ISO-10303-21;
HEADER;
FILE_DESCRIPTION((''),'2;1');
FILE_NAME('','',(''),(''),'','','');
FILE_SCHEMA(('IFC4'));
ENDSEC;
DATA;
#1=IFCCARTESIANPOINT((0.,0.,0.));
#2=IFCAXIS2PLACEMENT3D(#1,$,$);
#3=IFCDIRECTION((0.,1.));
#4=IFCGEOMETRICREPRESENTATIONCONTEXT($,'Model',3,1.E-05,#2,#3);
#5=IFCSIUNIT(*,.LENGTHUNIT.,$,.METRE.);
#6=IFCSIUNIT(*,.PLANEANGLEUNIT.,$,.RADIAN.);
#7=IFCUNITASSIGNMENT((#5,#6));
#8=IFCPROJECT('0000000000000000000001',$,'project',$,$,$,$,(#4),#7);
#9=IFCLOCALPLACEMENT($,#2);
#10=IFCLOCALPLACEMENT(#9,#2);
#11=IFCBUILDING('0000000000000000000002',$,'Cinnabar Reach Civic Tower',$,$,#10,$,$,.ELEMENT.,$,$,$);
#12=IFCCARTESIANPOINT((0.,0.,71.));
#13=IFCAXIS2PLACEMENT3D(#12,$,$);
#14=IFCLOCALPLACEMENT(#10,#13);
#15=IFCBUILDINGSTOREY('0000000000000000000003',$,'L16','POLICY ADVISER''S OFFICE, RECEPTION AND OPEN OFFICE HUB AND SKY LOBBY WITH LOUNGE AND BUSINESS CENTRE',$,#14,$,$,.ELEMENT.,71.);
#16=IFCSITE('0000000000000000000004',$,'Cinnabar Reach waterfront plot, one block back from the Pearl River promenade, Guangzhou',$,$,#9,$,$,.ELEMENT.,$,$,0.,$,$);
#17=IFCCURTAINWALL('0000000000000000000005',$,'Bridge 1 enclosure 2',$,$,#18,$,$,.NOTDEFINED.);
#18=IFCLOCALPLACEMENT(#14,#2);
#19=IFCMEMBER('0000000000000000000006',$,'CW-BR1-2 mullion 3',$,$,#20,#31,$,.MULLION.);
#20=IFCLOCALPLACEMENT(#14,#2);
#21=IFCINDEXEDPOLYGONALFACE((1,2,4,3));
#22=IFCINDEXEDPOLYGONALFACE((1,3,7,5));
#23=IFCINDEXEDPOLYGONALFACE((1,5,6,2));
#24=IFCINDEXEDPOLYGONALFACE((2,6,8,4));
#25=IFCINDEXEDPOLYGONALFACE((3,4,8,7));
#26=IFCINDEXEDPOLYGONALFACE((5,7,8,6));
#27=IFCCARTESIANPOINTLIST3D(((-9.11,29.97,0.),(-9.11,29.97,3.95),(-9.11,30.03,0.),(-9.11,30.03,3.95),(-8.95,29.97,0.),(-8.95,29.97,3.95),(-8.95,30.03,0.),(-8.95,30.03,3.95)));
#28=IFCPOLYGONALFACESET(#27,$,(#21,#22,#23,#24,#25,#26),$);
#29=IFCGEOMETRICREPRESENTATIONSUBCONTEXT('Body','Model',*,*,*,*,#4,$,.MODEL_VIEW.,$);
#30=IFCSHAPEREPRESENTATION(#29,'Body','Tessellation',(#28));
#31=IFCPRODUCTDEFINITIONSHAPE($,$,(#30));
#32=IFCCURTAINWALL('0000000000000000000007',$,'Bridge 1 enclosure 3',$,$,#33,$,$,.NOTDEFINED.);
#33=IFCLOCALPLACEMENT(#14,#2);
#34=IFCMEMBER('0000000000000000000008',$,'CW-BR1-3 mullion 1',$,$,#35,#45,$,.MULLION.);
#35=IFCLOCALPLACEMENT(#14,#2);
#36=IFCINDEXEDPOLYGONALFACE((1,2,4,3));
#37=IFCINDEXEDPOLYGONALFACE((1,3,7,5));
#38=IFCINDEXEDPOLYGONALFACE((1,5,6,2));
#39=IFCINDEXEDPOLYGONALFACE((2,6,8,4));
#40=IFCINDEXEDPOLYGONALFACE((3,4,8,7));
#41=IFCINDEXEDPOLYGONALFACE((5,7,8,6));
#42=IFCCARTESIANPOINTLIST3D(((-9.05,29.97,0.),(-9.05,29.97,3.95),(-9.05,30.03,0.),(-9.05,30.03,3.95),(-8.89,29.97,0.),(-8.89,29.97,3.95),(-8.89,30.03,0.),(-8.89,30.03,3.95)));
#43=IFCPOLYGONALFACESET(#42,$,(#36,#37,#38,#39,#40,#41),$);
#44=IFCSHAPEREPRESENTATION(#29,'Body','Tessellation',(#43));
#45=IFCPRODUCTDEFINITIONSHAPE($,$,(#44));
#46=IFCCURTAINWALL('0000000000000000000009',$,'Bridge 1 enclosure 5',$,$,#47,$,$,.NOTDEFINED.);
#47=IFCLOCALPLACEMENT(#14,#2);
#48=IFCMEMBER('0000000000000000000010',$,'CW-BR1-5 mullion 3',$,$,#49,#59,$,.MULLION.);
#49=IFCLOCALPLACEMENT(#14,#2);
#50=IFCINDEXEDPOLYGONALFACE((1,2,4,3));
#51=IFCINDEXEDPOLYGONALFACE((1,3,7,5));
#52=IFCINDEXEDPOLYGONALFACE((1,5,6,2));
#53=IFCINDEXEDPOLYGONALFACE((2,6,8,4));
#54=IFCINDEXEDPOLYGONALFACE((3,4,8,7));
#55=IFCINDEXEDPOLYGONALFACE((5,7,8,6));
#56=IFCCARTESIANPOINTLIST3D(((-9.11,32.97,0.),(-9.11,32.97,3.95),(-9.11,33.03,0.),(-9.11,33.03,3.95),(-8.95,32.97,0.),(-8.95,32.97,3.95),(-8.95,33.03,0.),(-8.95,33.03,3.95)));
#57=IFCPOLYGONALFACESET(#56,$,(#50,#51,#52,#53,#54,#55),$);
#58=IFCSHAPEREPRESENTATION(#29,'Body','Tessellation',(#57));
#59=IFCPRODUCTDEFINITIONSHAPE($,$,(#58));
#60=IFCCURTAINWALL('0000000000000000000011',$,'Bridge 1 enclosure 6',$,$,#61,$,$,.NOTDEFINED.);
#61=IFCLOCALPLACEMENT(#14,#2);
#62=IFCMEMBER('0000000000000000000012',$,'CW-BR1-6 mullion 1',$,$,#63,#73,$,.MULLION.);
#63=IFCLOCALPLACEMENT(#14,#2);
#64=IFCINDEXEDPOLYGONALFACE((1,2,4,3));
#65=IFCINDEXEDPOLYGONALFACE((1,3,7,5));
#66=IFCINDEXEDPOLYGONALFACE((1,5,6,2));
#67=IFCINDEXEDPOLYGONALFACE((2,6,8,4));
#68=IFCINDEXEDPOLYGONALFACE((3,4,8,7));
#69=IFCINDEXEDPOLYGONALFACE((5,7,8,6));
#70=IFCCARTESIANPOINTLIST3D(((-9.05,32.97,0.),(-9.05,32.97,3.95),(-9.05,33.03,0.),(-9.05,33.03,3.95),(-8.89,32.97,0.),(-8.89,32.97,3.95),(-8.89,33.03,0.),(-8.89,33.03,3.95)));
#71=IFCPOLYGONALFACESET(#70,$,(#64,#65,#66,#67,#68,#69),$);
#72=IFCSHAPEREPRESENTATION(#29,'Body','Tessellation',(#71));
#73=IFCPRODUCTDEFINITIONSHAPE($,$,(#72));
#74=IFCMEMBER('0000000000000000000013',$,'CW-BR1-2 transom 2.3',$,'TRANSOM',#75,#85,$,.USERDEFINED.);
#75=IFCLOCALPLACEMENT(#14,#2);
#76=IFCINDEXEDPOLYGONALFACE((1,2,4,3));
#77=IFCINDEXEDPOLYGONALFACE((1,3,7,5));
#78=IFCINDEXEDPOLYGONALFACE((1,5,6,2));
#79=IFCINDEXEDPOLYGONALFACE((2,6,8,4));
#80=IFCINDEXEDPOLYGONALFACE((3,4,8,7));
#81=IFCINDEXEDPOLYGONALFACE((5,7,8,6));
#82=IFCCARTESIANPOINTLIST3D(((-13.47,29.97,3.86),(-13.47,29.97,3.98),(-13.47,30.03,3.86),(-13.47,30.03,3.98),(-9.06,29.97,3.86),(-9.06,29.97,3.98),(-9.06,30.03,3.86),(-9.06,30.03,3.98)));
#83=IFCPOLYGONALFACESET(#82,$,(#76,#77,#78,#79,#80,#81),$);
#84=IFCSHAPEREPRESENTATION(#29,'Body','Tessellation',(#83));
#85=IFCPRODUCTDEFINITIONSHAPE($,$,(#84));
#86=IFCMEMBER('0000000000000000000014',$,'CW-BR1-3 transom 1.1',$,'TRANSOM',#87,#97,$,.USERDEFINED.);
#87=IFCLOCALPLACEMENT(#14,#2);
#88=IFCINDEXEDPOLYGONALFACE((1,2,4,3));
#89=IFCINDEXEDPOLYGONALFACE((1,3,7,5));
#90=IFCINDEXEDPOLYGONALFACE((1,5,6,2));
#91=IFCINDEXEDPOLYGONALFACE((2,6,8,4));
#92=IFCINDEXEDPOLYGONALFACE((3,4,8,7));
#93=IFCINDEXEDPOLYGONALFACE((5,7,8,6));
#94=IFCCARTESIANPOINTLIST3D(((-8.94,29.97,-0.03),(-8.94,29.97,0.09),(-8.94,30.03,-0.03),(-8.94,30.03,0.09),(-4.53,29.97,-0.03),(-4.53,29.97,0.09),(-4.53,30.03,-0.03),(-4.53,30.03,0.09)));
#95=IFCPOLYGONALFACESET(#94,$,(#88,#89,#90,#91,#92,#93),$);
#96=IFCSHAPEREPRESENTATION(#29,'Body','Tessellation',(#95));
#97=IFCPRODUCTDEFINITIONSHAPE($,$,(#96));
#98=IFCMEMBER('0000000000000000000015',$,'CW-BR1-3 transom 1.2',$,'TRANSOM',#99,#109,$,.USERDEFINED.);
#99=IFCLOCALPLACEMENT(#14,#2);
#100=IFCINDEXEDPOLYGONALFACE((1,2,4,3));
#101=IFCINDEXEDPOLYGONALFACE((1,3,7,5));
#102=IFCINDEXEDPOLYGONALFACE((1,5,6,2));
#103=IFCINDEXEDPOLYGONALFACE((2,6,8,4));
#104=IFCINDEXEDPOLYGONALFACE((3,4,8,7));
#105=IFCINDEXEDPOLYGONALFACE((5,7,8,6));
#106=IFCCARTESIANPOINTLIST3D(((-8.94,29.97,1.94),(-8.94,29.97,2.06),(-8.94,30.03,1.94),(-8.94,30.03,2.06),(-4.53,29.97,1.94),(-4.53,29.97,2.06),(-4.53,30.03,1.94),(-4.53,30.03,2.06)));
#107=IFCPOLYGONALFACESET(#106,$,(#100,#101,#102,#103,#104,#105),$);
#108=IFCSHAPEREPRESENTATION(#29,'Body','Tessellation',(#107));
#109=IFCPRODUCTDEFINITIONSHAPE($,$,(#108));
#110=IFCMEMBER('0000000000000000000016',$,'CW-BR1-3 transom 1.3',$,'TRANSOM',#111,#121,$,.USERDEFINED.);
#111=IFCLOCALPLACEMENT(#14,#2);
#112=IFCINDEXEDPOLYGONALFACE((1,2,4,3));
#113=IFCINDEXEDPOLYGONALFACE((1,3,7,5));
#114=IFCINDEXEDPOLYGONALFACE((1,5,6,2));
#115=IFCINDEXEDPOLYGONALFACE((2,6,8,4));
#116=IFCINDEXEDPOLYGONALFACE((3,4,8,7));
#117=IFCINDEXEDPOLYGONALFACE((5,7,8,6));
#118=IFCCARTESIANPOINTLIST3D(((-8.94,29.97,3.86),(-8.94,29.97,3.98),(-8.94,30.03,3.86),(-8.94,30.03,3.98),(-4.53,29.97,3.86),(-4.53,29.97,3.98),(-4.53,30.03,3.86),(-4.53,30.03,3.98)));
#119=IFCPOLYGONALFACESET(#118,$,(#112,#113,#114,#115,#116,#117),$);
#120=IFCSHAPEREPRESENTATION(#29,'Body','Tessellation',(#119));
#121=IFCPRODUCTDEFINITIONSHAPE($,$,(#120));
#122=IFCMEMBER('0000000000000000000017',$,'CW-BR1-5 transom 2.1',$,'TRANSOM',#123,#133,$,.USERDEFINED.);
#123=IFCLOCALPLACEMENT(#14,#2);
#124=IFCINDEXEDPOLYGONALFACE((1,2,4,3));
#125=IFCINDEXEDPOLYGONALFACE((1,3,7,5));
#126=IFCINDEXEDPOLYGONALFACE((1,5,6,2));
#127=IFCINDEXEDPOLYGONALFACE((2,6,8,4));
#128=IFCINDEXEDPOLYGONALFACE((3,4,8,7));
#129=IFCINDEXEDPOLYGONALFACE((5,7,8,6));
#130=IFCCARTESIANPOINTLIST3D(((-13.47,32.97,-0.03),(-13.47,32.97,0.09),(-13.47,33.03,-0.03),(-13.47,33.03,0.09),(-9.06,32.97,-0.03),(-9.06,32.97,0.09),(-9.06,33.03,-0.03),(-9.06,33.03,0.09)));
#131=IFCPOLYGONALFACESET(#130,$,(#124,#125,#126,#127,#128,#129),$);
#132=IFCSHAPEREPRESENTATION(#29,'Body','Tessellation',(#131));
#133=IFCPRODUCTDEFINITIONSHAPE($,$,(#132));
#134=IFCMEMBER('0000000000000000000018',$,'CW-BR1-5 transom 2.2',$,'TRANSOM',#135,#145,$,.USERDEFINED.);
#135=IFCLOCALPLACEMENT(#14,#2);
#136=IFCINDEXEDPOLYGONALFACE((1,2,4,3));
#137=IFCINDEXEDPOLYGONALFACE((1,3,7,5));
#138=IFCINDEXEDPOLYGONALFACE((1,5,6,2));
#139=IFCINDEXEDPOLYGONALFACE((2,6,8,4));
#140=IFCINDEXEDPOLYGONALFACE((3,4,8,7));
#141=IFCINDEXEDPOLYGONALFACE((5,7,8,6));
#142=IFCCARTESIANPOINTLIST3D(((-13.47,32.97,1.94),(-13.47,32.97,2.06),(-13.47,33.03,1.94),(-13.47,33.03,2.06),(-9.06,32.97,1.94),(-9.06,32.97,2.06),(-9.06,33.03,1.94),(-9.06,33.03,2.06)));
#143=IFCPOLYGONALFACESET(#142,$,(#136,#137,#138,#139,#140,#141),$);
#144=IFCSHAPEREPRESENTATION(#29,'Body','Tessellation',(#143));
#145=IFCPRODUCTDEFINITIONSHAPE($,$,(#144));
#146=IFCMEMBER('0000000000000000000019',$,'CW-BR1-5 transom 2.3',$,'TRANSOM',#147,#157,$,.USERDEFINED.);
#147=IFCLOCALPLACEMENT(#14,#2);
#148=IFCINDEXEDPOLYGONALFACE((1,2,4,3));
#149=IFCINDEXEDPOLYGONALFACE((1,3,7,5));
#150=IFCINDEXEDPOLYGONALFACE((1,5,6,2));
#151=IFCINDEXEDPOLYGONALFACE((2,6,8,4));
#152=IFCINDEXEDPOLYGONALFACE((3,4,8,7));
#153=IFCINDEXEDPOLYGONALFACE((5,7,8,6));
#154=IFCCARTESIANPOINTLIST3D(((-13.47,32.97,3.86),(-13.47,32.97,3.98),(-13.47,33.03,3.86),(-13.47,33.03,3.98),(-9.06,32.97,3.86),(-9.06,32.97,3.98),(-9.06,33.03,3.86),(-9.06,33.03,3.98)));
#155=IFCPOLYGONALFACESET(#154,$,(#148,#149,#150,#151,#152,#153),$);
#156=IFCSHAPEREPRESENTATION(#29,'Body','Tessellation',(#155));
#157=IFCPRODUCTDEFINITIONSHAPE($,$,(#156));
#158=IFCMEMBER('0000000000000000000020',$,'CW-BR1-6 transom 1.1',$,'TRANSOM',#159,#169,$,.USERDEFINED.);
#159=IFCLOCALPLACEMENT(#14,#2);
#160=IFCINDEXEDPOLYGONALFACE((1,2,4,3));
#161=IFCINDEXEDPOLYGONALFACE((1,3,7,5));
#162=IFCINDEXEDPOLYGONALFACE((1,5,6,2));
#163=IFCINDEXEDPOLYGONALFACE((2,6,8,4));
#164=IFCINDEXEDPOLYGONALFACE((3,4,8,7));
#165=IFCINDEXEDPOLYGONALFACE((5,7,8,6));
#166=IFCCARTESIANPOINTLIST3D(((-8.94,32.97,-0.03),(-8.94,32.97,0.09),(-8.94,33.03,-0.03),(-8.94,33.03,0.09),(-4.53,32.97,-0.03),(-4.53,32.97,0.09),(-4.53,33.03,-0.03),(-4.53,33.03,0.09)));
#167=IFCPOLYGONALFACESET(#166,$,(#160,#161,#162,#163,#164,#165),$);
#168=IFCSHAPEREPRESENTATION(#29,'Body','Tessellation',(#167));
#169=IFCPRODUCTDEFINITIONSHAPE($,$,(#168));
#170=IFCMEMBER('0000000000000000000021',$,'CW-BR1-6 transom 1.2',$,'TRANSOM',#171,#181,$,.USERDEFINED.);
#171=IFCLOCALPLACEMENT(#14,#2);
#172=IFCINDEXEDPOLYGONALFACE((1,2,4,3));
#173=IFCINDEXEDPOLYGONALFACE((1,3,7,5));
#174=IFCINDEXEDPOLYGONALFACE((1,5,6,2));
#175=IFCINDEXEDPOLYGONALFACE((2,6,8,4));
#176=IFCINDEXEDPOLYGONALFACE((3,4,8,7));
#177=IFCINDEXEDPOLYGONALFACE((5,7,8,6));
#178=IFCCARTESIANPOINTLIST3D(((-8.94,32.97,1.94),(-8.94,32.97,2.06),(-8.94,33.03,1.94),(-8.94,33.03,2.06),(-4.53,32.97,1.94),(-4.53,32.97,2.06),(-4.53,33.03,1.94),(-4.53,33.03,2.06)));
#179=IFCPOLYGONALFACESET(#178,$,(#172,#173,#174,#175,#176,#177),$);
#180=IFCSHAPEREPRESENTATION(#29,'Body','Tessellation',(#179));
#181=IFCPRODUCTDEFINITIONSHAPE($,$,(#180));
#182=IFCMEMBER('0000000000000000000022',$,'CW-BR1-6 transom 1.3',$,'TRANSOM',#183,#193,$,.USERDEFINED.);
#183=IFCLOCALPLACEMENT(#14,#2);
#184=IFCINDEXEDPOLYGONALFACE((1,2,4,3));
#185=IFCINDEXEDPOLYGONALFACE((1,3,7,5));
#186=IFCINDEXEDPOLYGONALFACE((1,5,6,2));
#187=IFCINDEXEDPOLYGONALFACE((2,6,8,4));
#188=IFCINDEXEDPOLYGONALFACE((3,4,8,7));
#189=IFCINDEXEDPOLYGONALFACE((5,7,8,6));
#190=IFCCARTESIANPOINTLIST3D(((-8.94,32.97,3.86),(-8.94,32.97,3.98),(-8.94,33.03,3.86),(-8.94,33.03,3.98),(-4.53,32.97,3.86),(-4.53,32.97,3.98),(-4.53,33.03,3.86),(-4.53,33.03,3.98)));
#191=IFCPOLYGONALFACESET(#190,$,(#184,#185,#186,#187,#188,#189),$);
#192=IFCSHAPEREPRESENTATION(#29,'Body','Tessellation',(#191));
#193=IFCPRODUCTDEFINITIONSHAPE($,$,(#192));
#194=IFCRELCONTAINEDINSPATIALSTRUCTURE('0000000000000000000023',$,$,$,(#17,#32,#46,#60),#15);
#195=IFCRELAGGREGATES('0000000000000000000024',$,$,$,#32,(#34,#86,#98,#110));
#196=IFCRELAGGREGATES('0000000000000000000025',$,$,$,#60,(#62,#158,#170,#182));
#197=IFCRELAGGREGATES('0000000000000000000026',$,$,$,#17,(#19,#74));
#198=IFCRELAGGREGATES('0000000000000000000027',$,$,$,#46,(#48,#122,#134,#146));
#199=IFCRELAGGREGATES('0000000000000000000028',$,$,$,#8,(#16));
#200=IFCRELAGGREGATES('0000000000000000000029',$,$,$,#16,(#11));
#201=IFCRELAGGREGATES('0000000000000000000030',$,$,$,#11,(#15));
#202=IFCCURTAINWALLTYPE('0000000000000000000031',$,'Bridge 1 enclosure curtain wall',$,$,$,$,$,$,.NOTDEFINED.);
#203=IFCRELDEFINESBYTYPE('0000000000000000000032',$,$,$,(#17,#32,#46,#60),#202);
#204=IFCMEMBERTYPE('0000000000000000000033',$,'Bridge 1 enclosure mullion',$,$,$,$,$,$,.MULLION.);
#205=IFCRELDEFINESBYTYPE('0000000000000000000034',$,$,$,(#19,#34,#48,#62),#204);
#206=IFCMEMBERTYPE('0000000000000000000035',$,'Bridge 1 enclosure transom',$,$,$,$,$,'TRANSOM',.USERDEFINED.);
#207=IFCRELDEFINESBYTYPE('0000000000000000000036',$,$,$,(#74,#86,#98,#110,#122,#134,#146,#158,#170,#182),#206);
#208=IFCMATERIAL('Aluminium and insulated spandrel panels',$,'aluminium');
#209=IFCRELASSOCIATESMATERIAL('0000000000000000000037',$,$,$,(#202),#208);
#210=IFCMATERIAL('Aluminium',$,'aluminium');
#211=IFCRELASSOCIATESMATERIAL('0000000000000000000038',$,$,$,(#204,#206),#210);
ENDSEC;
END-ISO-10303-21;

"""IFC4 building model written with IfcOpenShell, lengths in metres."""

from ifc_helpers import new_model, si_unit, direction, frame, origin, origin_2d, place, context, subcontext, project, spatial, rectangle, extrude, material, material_profile, profile_set, type_object, element, aggregate, save


model = new_model("IFC4")

# Units and contexts
model_context = context("Model", 3, precision=1e-05, world=origin(), true_north=direction((0.0, 1.0)))
body_context = subcontext(model_context, "Body", "Model", "MODEL_VIEW")
ifc_project = project(units=[si_unit("LENGTHUNIT", "METRE"), si_unit("PLANEANGLEUNIT", "RADIAN")], contexts=[model_context])

# Site, building, storey
site_placement = place(None, origin())
site = spatial("IfcSite", under=ifc_project, at=site_placement, Name="Cinnabar Reach waterfront plot, one block back from the Pearl River promenade, Guangzhou", CompositionType="ELEMENT", RefElevation=0.0)
building_placement = place(site_placement, origin())
building = spatial("IfcBuilding", under=site, at=building_placement, Name="Cinnabar Reach Civic Tower", CompositionType="ELEMENT")
storey_placement = place(building_placement, frame((0.0, 0.0, 71.0)))
storey = spatial("IfcBuildingStorey", under=building, at=storey_placement, Name="L16", Description="POLICY ADVISER'S OFFICE, RECEPTION AND OPEN OFFICE HUB AND SKY LOBBY WITH LOUNGE AND BUSINESS CENTRE", CompositionType="ELEMENT", Elevation=71.0)

# Curtain walls, members
ifc_material_1 = material(Name="Aluminium and insulated spandrel panels", Category="aluminium")
curtain_wall_type = type_object("IfcCurtainWallType", Name="Bridge 1 enclosure curtain wall", PredefinedType="NOTDEFINED", material=ifc_material_1)
curtain_wall_1_placement = place(storey_placement, origin())
curtain_wall_1 = element("IfcCurtainWall", 1, at=curtain_wall_1_placement, inside=storey, type_object=curtain_wall_type, Name="Bridge 1 enclosure 2", PredefinedType="NOTDEFINED")
ifc_material_2 = material(Name="Aluminium", Category="aluminium")
ifc_material_profile_1 = material_profile(ifc_material_2, rectangle(XDim=0.06, YDim=0.16, at=origin_2d()), Name="Bridge 1 enclosure mullion")
ifc_profile_set_1 = profile_set([ifc_material_profile_1], Name="Aluminium")
member_type_1 = type_object("IfcMemberType", Name="Bridge 1 enclosure mullion", PredefinedType="MULLION", material=ifc_profile_set_1)
member_1_placement = place(storey_placement, frame((-9.03, 30.0, 0.0), z_axis=(0.0, 0.0, 1.0), x_axis=(0.0, 1.0, 0.0)))
member_1 = element("IfcMember", 2, at=member_1_placement, type_object=member_type_1, Name="CW-BR1-2 mullion 3", PredefinedType="MULLION", context=body_context, shape_type="SweptSolid", body=[
    extrude(rectangle(XDim=0.06, YDim=0.16, at=origin_2d()), origin(), (0.0, 0.0, 1.0), 3.95),
])
curtain_wall_2_placement = place(storey_placement, origin())
curtain_wall_2 = element("IfcCurtainWall", 3, at=curtain_wall_2_placement, inside=storey, type_object=curtain_wall_type, Name="Bridge 1 enclosure 3", PredefinedType="NOTDEFINED")
member_2_placement = place(storey_placement, frame((-8.97, 30.0, 0.0), z_axis=(0.0, 0.0, 1.0), x_axis=(0.0, 1.0, 0.0)))
member_2 = element("IfcMember", 4, at=member_2_placement, type_object=member_type_1, Name="CW-BR1-3 mullion 1", PredefinedType="MULLION", context=body_context, shape_type="SweptSolid", body=[
    extrude(rectangle(XDim=0.06, YDim=0.16, at=origin_2d()), origin(), (0.0, 0.0, 1.0), 3.95),
])
curtain_wall_3_placement = place(storey_placement, origin())
curtain_wall_3 = element("IfcCurtainWall", 5, at=curtain_wall_3_placement, inside=storey, type_object=curtain_wall_type, Name="Bridge 1 enclosure 5", PredefinedType="NOTDEFINED")
member_3_placement = place(storey_placement, frame((-9.03, 33.0, 0.0), z_axis=(0.0, 0.0, 1.0), x_axis=(0.0, 1.0, 0.0)))
member_3 = element("IfcMember", 6, at=member_3_placement, type_object=member_type_1, Name="CW-BR1-5 mullion 3", PredefinedType="MULLION", context=body_context, shape_type="SweptSolid", body=[
    extrude(rectangle(XDim=0.06, YDim=0.16, at=origin_2d()), origin(), (0.0, 0.0, 1.0), 3.95),
])
curtain_wall_4_placement = place(storey_placement, origin())
curtain_wall_4 = element("IfcCurtainWall", 7, at=curtain_wall_4_placement, inside=storey, type_object=curtain_wall_type, Name="Bridge 1 enclosure 6", PredefinedType="NOTDEFINED")
member_4_placement = place(storey_placement, frame((-8.97, 33.0, 0.0), z_axis=(0.0, 0.0, 1.0), x_axis=(0.0, 1.0, 0.0)))
member_4 = element("IfcMember", 8, at=member_4_placement, type_object=member_type_1, Name="CW-BR1-6 mullion 1", PredefinedType="MULLION", context=body_context, shape_type="SweptSolid", body=[
    extrude(rectangle(XDim=0.06, YDim=0.16, at=origin_2d()), origin(), (0.0, 0.0, 1.0), 3.95),
])

# Members
ifc_material_profile_2 = material_profile(ifc_material_2, rectangle(XDim=0.06, YDim=0.12, at=origin_2d()), Name="Bridge 1 enclosure transom")
ifc_profile_set_2 = profile_set([ifc_material_profile_2], Name="Aluminium")
member_type_2 = type_object("IfcMemberType", Name="Bridge 1 enclosure transom", ElementType="TRANSOM", PredefinedType="USERDEFINED", material=ifc_profile_set_2)
member_5_placement = place(storey_placement, frame((-13.47, 30.0, 3.92), z_axis=(1.0, 0.0, 0.0), x_axis=(0.0, 1.0, 0.0)))
member_5 = element("IfcMember", 9, at=member_5_placement, type_object=member_type_2, Name="CW-BR1-2 transom 2.3", ObjectType="TRANSOM", PredefinedType="USERDEFINED", context=body_context, shape_type="SweptSolid", body=[
    extrude(rectangle(XDim=0.06, YDim=0.12, at=origin_2d()), origin(), (0.0, 0.0, 1.0), 4.41),
])
member_6_placement = place(storey_placement, frame((-8.94, 30.0, 0.03), z_axis=(1.0, 0.0, 0.0), x_axis=(0.0, 1.0, 0.0)))
member_6 = element("IfcMember", 10, at=member_6_placement, type_object=member_type_2, Name="CW-BR1-3 transom 1.1", ObjectType="TRANSOM", PredefinedType="USERDEFINED", context=body_context, shape_type="SweptSolid", body=[
    extrude(rectangle(XDim=0.06, YDim=0.12, at=origin_2d()), origin(), (0.0, 0.0, 1.0), 4.41),
])
member_7_placement = place(storey_placement, frame((-8.94, 30.0, 2.0), z_axis=(1.0, 0.0, 0.0), x_axis=(0.0, 1.0, 0.0)))
member_7 = element("IfcMember", 11, at=member_7_placement, type_object=member_type_2, Name="CW-BR1-3 transom 1.2", ObjectType="TRANSOM", PredefinedType="USERDEFINED", context=body_context, shape_type="SweptSolid", body=[
    extrude(rectangle(XDim=0.06, YDim=0.12, at=origin_2d()), origin(), (0.0, 0.0, 1.0), 4.41),
])
member_8_placement = place(storey_placement, frame((-8.94, 30.0, 3.92), z_axis=(1.0, 0.0, 0.0), x_axis=(0.0, 1.0, 0.0)))
member_8 = element("IfcMember", 12, at=member_8_placement, type_object=member_type_2, Name="CW-BR1-3 transom 1.3", ObjectType="TRANSOM", PredefinedType="USERDEFINED", context=body_context, shape_type="SweptSolid", body=[
    extrude(rectangle(XDim=0.06, YDim=0.12, at=origin_2d()), origin(), (0.0, 0.0, 1.0), 4.41),
])
aggregate(curtain_wall_2, [member_2, member_6, member_7, member_8])
member_9_placement = place(storey_placement, frame((-13.47, 33.0, 0.03), z_axis=(1.0, 0.0, 0.0), x_axis=(0.0, 1.0, 0.0)))
member_9 = element("IfcMember", 13, at=member_9_placement, type_object=member_type_2, Name="CW-BR1-5 transom 2.1", ObjectType="TRANSOM", PredefinedType="USERDEFINED", context=body_context, shape_type="SweptSolid", body=[
    extrude(rectangle(XDim=0.06, YDim=0.12, at=origin_2d()), origin(), (0.0, 0.0, 1.0), 4.41),
])
member_10_placement = place(storey_placement, frame((-13.47, 33.0, 2.0), z_axis=(1.0, 0.0, 0.0), x_axis=(0.0, 1.0, 0.0)))
member_10 = element("IfcMember", 14, at=member_10_placement, type_object=member_type_2, Name="CW-BR1-5 transom 2.2", ObjectType="TRANSOM", PredefinedType="USERDEFINED", context=body_context, shape_type="SweptSolid", body=[
    extrude(rectangle(XDim=0.06, YDim=0.12, at=origin_2d()), origin(), (0.0, 0.0, 1.0), 4.41),
])
member_11_placement = place(storey_placement, frame((-13.47, 33.0, 3.92), z_axis=(1.0, 0.0, 0.0), x_axis=(0.0, 1.0, 0.0)))
member_11 = element("IfcMember", 15, at=member_11_placement, type_object=member_type_2, Name="CW-BR1-5 transom 2.3", ObjectType="TRANSOM", PredefinedType="USERDEFINED", context=body_context, shape_type="SweptSolid", body=[
    extrude(rectangle(XDim=0.06, YDim=0.12, at=origin_2d()), origin(), (0.0, 0.0, 1.0), 4.41),
])
member_12_placement = place(storey_placement, frame((-8.94, 33.0, 0.03), z_axis=(1.0, 0.0, 0.0), x_axis=(0.0, 1.0, 0.0)))
member_12 = element("IfcMember", 16, at=member_12_placement, type_object=member_type_2, Name="CW-BR1-6 transom 1.1", ObjectType="TRANSOM", PredefinedType="USERDEFINED", context=body_context, shape_type="SweptSolid", body=[
    extrude(rectangle(XDim=0.06, YDim=0.12, at=origin_2d()), origin(), (0.0, 0.0, 1.0), 4.41),
])
member_13_placement = place(storey_placement, frame((-8.94, 33.0, 2.0), z_axis=(1.0, 0.0, 0.0), x_axis=(0.0, 1.0, 0.0)))
member_13 = element("IfcMember", 17, at=member_13_placement, type_object=member_type_2, Name="CW-BR1-6 transom 1.2", ObjectType="TRANSOM", PredefinedType="USERDEFINED", context=body_context, shape_type="SweptSolid", body=[
    extrude(rectangle(XDim=0.06, YDim=0.12, at=origin_2d()), origin(), (0.0, 0.0, 1.0), 4.41),
])
member_14_placement = place(storey_placement, frame((-8.94, 33.0, 3.92), z_axis=(1.0, 0.0, 0.0), x_axis=(0.0, 1.0, 0.0)))
member_14 = element("IfcMember", 18, at=member_14_placement, type_object=member_type_2, Name="CW-BR1-6 transom 1.3", ObjectType="TRANSOM", PredefinedType="USERDEFINED", context=body_context, shape_type="SweptSolid", body=[
    extrude(rectangle(XDim=0.06, YDim=0.12, at=origin_2d()), origin(), (0.0, 0.0, 1.0), 4.41),
])
aggregate(curtain_wall_4, [member_4, member_12, member_13, member_14])

aggregate(curtain_wall_1, [member_1, member_5])
aggregate(curtain_wall_3, [member_3, member_9, member_10, member_11])

save(model, "model.ifc")
